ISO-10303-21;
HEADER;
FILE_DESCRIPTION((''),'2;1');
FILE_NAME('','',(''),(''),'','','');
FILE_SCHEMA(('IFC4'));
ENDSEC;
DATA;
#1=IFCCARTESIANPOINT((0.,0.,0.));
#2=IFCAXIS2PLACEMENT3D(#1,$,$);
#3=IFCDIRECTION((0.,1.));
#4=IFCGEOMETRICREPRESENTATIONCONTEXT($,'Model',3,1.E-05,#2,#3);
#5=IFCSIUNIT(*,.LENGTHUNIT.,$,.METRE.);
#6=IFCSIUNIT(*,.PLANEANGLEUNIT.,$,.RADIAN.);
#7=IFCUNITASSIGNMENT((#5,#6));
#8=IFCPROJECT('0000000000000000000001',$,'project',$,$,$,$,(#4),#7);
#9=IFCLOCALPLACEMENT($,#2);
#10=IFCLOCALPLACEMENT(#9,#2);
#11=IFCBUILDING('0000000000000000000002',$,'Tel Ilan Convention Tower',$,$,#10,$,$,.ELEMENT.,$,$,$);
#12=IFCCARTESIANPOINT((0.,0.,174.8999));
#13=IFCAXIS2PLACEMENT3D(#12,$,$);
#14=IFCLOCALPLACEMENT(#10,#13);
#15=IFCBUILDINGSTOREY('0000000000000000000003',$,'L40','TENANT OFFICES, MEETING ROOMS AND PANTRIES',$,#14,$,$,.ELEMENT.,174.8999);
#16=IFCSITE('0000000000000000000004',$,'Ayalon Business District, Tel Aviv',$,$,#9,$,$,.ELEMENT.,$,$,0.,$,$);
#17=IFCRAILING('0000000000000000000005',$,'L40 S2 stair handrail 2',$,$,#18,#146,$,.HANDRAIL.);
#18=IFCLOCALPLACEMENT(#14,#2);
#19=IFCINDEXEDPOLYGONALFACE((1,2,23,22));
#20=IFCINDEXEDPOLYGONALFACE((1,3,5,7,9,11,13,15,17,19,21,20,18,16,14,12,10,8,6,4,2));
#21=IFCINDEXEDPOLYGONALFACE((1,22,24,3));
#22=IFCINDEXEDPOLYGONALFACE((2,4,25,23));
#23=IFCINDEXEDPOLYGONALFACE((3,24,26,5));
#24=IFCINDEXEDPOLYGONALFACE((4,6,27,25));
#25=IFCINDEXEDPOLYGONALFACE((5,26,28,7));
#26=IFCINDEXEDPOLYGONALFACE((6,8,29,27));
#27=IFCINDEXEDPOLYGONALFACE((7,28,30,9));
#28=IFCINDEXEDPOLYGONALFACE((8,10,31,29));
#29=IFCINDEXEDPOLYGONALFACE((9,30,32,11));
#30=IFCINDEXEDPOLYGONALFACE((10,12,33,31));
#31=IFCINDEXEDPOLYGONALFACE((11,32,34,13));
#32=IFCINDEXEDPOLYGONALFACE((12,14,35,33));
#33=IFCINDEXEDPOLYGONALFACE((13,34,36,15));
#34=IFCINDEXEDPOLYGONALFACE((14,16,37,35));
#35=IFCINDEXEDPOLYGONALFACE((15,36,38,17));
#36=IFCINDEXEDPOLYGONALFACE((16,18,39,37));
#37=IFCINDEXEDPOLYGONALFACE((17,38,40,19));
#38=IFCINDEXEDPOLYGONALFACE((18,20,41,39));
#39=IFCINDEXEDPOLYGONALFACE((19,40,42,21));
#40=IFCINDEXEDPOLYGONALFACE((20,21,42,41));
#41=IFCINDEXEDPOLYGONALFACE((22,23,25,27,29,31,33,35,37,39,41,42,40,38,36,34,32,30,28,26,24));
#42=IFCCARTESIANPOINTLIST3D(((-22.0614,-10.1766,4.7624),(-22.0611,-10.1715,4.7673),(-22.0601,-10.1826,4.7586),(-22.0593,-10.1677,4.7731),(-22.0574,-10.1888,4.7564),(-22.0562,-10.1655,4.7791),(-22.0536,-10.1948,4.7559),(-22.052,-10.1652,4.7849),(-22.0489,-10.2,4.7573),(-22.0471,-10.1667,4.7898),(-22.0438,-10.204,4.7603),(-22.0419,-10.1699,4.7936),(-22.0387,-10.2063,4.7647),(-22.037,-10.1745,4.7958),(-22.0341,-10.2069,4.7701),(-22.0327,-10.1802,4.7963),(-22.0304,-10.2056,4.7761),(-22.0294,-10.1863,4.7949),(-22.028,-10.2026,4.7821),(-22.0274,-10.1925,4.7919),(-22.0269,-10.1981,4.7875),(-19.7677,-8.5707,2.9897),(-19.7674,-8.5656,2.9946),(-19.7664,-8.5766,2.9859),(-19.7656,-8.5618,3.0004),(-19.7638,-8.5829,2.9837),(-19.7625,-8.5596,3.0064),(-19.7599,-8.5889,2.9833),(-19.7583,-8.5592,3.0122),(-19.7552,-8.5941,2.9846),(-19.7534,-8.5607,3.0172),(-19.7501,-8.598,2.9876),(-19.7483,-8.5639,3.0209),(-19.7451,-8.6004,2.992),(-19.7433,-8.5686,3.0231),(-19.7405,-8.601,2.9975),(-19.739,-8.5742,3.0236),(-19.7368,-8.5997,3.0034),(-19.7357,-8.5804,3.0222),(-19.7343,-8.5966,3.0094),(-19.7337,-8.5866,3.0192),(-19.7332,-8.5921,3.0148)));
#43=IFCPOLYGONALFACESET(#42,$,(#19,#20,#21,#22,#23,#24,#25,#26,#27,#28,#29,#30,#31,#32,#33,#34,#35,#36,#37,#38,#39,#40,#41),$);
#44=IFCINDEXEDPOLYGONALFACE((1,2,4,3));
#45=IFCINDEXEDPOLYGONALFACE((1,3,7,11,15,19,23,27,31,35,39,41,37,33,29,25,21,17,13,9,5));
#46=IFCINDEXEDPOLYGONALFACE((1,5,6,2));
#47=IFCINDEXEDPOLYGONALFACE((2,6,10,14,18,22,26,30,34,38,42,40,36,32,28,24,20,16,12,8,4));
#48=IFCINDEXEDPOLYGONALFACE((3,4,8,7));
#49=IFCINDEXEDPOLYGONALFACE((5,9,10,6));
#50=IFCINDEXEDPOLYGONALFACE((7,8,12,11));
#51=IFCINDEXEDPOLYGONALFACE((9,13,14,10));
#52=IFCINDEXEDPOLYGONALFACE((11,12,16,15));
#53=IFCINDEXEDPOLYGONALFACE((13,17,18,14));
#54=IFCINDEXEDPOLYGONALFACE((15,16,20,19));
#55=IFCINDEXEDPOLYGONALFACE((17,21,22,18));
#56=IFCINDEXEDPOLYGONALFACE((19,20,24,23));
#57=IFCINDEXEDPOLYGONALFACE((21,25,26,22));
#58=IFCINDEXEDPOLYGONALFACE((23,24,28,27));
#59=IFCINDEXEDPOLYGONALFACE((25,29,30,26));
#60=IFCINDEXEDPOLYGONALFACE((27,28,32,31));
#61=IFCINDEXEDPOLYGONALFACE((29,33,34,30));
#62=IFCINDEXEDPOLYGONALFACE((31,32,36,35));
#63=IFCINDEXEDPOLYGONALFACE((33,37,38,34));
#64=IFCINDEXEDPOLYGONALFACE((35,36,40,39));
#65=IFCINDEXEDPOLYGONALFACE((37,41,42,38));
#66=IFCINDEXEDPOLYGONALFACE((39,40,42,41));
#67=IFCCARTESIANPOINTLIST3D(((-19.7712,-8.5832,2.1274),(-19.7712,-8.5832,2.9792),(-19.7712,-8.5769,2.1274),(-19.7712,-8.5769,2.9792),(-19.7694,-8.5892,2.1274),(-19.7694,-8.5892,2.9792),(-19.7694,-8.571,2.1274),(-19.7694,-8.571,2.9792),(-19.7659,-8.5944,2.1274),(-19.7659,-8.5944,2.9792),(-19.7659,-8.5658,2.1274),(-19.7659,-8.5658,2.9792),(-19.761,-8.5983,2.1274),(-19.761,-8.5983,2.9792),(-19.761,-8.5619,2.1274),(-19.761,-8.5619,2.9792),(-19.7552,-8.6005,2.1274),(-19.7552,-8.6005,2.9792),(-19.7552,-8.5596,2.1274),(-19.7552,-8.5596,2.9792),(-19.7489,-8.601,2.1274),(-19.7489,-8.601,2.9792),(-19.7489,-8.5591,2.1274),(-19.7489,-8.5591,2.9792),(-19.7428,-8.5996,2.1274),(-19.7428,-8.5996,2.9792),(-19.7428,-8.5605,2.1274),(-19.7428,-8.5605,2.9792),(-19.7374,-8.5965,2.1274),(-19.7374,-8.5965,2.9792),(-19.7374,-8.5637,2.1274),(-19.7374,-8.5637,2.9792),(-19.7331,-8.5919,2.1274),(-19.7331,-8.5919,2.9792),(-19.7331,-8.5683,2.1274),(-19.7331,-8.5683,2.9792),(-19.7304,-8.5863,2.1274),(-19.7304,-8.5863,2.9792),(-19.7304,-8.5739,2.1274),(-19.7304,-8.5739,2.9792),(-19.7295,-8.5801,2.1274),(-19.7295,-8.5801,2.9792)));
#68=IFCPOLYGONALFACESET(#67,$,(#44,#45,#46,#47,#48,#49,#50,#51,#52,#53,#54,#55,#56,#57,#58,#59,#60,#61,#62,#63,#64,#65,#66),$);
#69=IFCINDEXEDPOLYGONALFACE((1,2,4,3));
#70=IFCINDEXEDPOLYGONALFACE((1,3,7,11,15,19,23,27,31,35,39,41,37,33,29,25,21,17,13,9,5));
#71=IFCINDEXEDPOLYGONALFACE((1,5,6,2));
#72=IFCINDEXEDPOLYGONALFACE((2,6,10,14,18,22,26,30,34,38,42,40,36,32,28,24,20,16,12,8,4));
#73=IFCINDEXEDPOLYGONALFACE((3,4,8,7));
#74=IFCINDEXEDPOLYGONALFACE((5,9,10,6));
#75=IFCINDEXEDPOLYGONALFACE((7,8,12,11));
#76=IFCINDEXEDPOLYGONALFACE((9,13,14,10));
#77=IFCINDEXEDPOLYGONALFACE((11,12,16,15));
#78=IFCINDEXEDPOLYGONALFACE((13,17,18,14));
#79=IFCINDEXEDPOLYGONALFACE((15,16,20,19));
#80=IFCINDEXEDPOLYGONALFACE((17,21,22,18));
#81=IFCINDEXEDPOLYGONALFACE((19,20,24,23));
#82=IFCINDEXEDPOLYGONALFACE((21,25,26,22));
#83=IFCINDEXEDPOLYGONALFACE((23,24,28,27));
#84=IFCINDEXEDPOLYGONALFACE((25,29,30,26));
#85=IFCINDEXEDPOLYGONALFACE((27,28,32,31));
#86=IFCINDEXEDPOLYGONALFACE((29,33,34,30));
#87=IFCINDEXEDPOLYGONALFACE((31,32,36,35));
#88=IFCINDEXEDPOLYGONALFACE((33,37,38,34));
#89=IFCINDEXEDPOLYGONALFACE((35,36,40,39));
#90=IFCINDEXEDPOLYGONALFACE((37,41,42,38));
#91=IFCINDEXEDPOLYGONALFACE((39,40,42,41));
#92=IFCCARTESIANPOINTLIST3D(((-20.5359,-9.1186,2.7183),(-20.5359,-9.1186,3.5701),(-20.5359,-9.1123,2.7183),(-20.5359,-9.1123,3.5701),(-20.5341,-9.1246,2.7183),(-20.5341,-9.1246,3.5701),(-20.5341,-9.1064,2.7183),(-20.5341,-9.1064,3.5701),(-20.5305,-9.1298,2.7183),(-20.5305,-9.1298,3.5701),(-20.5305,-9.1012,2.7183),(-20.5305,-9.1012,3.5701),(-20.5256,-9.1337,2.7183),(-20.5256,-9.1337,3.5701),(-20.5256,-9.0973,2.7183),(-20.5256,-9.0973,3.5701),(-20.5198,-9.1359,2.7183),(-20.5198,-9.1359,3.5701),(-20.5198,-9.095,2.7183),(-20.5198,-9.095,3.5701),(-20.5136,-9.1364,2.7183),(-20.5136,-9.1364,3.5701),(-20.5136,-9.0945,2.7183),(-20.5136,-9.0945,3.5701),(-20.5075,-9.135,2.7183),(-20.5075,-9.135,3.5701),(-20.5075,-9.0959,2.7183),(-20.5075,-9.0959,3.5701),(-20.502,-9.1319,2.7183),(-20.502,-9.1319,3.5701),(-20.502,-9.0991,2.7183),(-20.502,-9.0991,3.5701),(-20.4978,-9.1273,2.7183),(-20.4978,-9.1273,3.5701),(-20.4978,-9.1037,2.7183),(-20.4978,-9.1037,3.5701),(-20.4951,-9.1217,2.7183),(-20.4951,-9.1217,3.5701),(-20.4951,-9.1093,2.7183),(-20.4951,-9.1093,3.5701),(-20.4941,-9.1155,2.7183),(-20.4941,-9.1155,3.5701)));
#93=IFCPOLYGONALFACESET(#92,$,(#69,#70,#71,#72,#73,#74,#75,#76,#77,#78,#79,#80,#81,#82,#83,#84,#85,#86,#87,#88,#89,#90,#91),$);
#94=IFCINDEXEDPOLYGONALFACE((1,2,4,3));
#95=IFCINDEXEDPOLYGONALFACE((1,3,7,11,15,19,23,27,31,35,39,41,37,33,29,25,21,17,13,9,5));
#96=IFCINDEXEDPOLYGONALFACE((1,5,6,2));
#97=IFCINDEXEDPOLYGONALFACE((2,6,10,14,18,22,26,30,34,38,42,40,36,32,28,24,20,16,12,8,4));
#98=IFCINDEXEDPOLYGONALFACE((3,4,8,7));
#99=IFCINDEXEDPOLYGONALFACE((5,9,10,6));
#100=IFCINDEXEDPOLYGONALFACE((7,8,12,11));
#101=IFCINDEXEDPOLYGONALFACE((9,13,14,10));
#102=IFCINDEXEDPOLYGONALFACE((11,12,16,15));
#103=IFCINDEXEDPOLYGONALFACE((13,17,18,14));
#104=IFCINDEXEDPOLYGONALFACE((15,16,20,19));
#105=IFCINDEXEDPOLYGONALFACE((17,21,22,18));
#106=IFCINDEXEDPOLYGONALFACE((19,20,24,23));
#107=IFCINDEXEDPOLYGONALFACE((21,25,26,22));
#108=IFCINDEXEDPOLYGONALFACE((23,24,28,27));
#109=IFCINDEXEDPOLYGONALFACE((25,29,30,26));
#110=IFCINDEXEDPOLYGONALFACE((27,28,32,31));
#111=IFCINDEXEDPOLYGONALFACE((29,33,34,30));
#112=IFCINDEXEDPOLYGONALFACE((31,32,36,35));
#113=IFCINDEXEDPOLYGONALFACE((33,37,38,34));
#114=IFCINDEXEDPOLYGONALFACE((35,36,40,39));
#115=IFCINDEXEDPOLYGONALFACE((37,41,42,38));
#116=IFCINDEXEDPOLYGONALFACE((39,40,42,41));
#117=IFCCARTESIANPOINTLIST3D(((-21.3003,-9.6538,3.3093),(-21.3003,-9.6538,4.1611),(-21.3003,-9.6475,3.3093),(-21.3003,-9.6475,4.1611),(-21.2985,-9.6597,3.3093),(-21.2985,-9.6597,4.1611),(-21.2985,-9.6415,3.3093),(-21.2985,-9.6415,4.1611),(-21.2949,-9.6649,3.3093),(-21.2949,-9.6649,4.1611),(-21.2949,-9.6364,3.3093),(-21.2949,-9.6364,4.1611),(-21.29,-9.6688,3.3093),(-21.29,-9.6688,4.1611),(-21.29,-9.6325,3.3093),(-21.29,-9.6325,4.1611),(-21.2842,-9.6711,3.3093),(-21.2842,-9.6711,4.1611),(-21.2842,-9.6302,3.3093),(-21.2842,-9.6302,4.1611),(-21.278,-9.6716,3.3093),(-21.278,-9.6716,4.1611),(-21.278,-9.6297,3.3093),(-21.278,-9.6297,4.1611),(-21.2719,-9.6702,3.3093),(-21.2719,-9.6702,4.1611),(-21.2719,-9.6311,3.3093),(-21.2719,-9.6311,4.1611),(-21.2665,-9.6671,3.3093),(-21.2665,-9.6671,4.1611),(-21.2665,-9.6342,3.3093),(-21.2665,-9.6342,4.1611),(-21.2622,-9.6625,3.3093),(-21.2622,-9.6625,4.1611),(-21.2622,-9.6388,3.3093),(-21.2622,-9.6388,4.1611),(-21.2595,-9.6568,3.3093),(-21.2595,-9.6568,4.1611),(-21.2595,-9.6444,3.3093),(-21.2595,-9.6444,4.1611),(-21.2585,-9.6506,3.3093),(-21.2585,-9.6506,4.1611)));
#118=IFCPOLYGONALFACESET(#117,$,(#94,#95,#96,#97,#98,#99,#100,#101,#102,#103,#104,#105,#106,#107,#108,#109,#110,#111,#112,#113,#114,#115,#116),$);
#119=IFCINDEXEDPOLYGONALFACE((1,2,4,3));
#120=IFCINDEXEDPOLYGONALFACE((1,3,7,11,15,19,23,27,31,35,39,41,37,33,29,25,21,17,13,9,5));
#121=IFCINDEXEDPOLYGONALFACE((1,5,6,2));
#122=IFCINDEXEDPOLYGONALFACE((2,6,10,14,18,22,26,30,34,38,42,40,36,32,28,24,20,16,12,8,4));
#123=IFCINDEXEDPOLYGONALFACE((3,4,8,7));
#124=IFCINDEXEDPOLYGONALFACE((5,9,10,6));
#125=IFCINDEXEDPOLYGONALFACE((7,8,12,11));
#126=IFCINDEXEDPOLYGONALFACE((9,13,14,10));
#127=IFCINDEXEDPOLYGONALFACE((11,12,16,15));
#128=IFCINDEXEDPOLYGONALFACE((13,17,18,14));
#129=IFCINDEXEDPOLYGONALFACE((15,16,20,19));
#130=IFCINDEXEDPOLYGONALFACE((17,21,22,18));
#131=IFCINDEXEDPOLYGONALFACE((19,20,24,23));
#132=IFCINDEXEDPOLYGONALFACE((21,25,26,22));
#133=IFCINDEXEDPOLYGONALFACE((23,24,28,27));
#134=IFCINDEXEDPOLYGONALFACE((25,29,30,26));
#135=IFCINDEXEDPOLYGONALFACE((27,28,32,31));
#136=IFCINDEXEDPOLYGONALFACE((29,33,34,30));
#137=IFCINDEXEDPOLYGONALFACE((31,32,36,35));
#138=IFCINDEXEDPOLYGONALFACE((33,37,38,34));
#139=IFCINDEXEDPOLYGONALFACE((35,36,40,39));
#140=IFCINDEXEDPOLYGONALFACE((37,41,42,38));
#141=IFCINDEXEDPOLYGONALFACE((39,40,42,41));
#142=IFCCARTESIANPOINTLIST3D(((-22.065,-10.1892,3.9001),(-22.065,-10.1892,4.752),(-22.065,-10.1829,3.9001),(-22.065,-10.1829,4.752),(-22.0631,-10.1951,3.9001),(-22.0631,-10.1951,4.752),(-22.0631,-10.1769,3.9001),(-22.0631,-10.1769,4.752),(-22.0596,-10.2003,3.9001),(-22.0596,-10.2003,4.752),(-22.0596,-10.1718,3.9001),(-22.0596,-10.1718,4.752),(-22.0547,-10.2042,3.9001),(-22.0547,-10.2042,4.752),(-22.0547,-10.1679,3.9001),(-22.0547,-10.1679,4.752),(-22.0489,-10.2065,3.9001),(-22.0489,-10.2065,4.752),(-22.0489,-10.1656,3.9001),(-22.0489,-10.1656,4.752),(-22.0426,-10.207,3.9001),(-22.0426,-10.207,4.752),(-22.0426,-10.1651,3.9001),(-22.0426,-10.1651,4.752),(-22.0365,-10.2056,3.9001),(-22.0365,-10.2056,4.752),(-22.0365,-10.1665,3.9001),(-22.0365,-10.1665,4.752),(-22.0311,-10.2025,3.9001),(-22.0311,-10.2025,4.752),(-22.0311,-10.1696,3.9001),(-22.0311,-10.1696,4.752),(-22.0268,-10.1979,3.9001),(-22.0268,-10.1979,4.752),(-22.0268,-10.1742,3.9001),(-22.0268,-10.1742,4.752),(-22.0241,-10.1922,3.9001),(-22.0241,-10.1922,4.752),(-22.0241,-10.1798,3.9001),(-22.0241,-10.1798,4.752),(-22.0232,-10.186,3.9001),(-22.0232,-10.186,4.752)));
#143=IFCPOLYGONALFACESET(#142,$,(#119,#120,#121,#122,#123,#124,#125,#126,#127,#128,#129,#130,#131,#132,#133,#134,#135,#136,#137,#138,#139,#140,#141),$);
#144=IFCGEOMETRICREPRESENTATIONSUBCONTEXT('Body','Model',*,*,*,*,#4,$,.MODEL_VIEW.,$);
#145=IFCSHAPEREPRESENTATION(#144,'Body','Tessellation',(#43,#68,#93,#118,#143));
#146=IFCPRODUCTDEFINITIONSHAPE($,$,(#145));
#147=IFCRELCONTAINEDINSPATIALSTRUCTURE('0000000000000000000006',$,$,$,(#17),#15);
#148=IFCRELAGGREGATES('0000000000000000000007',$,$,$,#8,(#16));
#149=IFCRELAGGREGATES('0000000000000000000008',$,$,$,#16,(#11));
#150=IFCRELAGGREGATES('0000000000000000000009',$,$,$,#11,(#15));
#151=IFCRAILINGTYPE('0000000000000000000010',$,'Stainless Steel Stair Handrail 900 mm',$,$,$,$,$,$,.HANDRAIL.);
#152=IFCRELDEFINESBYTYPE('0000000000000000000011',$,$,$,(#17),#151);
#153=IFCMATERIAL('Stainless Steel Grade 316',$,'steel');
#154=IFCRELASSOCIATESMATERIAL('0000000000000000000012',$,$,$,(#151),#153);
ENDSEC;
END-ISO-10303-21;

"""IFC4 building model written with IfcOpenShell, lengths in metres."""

from ifc_helpers import new_model, si_unit, direction, frame, origin, origin_2d, place, context, subcontext, project, spatial, circle, extrude, material, type_object, element, save


model = new_model("IFC4")

# Units and contexts
model_context = context("Model", 3, precision=1e-05, world=origin(), true_north=direction((0.0, 1.0)))
body_context = subcontext(model_context, "Body", "Model", "MODEL_VIEW")
ifc_project = project(units=[si_unit("LENGTHUNIT", "METRE"), si_unit("PLANEANGLEUNIT", "RADIAN")], contexts=[model_context])

# Site, building, storey
site_placement = place(None, origin())
site = spatial("IfcSite", under=ifc_project, at=site_placement, Name="Ayalon Business District, Tel Aviv", CompositionType="ELEMENT", RefElevation=0.0)
building_placement = place(site_placement, origin())
building = spatial("IfcBuilding", under=site, at=building_placement, Name="Tel Ilan Convention Tower", CompositionType="ELEMENT")
storey_placement = place(building_placement, frame((0.0, 0.0, 174.8999)))
storey = spatial("IfcBuildingStorey", under=building, at=storey_placement, Name="L40", Description="TENANT OFFICES, MEETING ROOMS AND PANTRIES", CompositionType="ELEMENT", Elevation=174.8999)

# Railing
ifc_material_1 = material(Name="Stainless Steel Grade 316", Category="steel")
railing_type_1 = type_object("IfcRailingType", Name="Stainless Steel Stair Handrail 900 mm", PredefinedType="HANDRAIL", material=ifc_material_1)
railing_1_placement = place(storey_placement, frame((-19.7505, -8.5801, 2.1274)))
element("IfcRailing", 1, at=railing_1_placement, inside=storey, type_object=railing_type_1, Name="L40 S2 stair handrail 2", PredefinedType="HANDRAIL", context=body_context, shape_type="SweptSolid", body=[
    extrude(circle(Radius=0.0239, at=origin_2d()), frame((0.0, 0.0, 0.876), z_axis=(-0.692123, -0.484597, 0.534913), x_axis=(0.57355, -0.81917, 0.0)), (0.0, 0.0, 1.0), 3.314),
    extrude(circle(Radius=0.021, at=origin_2d()), origin(), (0.0, 0.0, 1.0), 0.8518),
    extrude(circle(Radius=0.021, at=origin_2d()), frame((-0.7646, -0.5354, 0.5908)), (0.0, 0.0, 1.0), 0.8518),
    extrude(circle(Radius=0.021, at=origin_2d()), frame((-1.5291, -1.0706, 1.1819)), (0.0, 0.0, 1.0), 0.8518),
    extrude(circle(Radius=0.021, at=origin_2d()), frame((-2.2937, -1.606, 1.7727)), (0.0, 0.0, 1.0), 0.8518),
])

save(model, "model.ifc")
